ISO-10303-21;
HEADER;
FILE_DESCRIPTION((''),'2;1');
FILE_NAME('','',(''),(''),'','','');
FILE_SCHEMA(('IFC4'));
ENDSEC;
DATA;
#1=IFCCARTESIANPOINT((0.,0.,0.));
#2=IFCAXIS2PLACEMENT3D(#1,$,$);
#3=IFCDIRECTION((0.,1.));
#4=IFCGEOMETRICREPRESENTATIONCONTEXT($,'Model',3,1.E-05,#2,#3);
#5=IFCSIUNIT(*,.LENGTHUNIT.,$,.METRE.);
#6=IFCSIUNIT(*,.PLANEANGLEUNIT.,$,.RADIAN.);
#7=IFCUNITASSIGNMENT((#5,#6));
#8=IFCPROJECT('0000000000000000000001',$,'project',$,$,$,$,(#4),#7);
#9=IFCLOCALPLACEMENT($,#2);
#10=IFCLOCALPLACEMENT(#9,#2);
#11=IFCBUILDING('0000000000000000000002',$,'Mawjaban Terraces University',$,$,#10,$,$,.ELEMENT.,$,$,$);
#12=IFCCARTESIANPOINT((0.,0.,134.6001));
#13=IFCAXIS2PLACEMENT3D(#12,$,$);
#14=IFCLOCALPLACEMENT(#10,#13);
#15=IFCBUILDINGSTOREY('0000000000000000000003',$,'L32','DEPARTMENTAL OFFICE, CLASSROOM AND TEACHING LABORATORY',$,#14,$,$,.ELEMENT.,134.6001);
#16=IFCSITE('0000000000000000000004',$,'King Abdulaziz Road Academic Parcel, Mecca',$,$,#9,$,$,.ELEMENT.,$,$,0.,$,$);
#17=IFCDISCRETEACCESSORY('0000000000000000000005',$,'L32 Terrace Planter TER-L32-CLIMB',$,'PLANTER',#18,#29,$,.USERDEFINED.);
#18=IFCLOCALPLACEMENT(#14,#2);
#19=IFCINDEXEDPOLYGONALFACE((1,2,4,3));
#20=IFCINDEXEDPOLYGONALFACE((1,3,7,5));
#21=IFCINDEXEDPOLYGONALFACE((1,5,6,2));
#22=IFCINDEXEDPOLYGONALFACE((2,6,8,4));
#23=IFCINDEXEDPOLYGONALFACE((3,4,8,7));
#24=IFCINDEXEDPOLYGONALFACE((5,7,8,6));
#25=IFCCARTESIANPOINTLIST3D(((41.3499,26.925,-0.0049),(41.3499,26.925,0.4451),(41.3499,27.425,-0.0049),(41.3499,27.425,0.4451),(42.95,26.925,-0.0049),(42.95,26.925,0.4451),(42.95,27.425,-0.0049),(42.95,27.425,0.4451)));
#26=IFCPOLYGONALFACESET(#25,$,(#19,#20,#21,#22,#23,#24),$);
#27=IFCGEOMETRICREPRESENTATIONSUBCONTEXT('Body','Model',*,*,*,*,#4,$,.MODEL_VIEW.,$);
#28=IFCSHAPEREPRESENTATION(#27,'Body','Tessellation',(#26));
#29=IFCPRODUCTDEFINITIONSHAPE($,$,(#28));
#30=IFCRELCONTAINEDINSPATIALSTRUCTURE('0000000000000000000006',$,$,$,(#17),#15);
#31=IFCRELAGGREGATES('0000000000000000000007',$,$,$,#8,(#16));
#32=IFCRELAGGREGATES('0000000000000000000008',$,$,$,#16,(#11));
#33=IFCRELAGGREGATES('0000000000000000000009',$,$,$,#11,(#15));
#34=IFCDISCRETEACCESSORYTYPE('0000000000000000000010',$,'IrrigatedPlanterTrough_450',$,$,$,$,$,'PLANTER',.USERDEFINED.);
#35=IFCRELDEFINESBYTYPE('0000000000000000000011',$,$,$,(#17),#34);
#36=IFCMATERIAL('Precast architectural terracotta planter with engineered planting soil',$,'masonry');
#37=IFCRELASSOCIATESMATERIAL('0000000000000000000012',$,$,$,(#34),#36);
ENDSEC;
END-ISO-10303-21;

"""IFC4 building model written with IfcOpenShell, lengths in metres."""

from ifc_helpers import new_model, si_unit, direction, frame, origin, origin_2d, place, context, subcontext, project, spatial, rectangle, extrude, material, type_object, element, save


model = new_model("IFC4")

# Units and contexts
model_context = context("Model", 3, precision=1e-05, world=origin(), true_north=direction((0.0, 1.0)))
body_context = subcontext(model_context, "Body", "Model", "MODEL_VIEW")
ifc_project = project(units=[si_unit("LENGTHUNIT", "METRE"), si_unit("PLANEANGLEUNIT", "RADIAN")], contexts=[model_context])

# Site, building, storey
site_placement = place(None, origin())
site = spatial("IfcSite", under=ifc_project, at=site_placement, Name="King Abdulaziz Road Academic Parcel, Mecca", CompositionType="ELEMENT", RefElevation=0.0)
building_placement = place(site_placement, origin())
building = spatial("IfcBuilding", under=site, at=building_placement, Name="Mawjaban Terraces University", CompositionType="ELEMENT")
storey_placement = place(building_placement, frame((0.0, 0.0, 134.6001)))
storey = spatial("IfcBuildingStorey", under=building, at=storey_placement, Name="L32", Description="DEPARTMENTAL OFFICE, CLASSROOM AND TEACHING LABORATORY", CompositionType="ELEMENT", Elevation=134.6001)

# Discrete accessory
ifc_material_1 = material(Name="Precast architectural terracotta planter with engineered planting soil", Category="masonry")
discrete_accessory_type = type_object("IfcDiscreteAccessoryType", Name="IrrigatedPlanterTrough_450", ElementType="PLANTER", PredefinedType="USERDEFINED", material=ifc_material_1)
discrete_accessory_placement = place(storey_placement, frame((42.1499, 27.175, -0.0049), z_axis=(0.0, 0.0, 1.0), x_axis=(1.0, 0.0, 0.0)))
element("IfcDiscreteAccessory", 1, at=discrete_accessory_placement, inside=storey, type_object=discrete_accessory_type, Name="L32 Terrace Planter TER-L32-CLIMB", ObjectType="PLANTER", PredefinedType="USERDEFINED", context=body_context, shape_type="SweptSolid", body=[
    extrude(rectangle(XDim=1.6001, YDim=0.5, at=origin_2d()), origin(), (0.0, 0.0, 1.0), 0.45),
])

save(model, "model.ifc")
